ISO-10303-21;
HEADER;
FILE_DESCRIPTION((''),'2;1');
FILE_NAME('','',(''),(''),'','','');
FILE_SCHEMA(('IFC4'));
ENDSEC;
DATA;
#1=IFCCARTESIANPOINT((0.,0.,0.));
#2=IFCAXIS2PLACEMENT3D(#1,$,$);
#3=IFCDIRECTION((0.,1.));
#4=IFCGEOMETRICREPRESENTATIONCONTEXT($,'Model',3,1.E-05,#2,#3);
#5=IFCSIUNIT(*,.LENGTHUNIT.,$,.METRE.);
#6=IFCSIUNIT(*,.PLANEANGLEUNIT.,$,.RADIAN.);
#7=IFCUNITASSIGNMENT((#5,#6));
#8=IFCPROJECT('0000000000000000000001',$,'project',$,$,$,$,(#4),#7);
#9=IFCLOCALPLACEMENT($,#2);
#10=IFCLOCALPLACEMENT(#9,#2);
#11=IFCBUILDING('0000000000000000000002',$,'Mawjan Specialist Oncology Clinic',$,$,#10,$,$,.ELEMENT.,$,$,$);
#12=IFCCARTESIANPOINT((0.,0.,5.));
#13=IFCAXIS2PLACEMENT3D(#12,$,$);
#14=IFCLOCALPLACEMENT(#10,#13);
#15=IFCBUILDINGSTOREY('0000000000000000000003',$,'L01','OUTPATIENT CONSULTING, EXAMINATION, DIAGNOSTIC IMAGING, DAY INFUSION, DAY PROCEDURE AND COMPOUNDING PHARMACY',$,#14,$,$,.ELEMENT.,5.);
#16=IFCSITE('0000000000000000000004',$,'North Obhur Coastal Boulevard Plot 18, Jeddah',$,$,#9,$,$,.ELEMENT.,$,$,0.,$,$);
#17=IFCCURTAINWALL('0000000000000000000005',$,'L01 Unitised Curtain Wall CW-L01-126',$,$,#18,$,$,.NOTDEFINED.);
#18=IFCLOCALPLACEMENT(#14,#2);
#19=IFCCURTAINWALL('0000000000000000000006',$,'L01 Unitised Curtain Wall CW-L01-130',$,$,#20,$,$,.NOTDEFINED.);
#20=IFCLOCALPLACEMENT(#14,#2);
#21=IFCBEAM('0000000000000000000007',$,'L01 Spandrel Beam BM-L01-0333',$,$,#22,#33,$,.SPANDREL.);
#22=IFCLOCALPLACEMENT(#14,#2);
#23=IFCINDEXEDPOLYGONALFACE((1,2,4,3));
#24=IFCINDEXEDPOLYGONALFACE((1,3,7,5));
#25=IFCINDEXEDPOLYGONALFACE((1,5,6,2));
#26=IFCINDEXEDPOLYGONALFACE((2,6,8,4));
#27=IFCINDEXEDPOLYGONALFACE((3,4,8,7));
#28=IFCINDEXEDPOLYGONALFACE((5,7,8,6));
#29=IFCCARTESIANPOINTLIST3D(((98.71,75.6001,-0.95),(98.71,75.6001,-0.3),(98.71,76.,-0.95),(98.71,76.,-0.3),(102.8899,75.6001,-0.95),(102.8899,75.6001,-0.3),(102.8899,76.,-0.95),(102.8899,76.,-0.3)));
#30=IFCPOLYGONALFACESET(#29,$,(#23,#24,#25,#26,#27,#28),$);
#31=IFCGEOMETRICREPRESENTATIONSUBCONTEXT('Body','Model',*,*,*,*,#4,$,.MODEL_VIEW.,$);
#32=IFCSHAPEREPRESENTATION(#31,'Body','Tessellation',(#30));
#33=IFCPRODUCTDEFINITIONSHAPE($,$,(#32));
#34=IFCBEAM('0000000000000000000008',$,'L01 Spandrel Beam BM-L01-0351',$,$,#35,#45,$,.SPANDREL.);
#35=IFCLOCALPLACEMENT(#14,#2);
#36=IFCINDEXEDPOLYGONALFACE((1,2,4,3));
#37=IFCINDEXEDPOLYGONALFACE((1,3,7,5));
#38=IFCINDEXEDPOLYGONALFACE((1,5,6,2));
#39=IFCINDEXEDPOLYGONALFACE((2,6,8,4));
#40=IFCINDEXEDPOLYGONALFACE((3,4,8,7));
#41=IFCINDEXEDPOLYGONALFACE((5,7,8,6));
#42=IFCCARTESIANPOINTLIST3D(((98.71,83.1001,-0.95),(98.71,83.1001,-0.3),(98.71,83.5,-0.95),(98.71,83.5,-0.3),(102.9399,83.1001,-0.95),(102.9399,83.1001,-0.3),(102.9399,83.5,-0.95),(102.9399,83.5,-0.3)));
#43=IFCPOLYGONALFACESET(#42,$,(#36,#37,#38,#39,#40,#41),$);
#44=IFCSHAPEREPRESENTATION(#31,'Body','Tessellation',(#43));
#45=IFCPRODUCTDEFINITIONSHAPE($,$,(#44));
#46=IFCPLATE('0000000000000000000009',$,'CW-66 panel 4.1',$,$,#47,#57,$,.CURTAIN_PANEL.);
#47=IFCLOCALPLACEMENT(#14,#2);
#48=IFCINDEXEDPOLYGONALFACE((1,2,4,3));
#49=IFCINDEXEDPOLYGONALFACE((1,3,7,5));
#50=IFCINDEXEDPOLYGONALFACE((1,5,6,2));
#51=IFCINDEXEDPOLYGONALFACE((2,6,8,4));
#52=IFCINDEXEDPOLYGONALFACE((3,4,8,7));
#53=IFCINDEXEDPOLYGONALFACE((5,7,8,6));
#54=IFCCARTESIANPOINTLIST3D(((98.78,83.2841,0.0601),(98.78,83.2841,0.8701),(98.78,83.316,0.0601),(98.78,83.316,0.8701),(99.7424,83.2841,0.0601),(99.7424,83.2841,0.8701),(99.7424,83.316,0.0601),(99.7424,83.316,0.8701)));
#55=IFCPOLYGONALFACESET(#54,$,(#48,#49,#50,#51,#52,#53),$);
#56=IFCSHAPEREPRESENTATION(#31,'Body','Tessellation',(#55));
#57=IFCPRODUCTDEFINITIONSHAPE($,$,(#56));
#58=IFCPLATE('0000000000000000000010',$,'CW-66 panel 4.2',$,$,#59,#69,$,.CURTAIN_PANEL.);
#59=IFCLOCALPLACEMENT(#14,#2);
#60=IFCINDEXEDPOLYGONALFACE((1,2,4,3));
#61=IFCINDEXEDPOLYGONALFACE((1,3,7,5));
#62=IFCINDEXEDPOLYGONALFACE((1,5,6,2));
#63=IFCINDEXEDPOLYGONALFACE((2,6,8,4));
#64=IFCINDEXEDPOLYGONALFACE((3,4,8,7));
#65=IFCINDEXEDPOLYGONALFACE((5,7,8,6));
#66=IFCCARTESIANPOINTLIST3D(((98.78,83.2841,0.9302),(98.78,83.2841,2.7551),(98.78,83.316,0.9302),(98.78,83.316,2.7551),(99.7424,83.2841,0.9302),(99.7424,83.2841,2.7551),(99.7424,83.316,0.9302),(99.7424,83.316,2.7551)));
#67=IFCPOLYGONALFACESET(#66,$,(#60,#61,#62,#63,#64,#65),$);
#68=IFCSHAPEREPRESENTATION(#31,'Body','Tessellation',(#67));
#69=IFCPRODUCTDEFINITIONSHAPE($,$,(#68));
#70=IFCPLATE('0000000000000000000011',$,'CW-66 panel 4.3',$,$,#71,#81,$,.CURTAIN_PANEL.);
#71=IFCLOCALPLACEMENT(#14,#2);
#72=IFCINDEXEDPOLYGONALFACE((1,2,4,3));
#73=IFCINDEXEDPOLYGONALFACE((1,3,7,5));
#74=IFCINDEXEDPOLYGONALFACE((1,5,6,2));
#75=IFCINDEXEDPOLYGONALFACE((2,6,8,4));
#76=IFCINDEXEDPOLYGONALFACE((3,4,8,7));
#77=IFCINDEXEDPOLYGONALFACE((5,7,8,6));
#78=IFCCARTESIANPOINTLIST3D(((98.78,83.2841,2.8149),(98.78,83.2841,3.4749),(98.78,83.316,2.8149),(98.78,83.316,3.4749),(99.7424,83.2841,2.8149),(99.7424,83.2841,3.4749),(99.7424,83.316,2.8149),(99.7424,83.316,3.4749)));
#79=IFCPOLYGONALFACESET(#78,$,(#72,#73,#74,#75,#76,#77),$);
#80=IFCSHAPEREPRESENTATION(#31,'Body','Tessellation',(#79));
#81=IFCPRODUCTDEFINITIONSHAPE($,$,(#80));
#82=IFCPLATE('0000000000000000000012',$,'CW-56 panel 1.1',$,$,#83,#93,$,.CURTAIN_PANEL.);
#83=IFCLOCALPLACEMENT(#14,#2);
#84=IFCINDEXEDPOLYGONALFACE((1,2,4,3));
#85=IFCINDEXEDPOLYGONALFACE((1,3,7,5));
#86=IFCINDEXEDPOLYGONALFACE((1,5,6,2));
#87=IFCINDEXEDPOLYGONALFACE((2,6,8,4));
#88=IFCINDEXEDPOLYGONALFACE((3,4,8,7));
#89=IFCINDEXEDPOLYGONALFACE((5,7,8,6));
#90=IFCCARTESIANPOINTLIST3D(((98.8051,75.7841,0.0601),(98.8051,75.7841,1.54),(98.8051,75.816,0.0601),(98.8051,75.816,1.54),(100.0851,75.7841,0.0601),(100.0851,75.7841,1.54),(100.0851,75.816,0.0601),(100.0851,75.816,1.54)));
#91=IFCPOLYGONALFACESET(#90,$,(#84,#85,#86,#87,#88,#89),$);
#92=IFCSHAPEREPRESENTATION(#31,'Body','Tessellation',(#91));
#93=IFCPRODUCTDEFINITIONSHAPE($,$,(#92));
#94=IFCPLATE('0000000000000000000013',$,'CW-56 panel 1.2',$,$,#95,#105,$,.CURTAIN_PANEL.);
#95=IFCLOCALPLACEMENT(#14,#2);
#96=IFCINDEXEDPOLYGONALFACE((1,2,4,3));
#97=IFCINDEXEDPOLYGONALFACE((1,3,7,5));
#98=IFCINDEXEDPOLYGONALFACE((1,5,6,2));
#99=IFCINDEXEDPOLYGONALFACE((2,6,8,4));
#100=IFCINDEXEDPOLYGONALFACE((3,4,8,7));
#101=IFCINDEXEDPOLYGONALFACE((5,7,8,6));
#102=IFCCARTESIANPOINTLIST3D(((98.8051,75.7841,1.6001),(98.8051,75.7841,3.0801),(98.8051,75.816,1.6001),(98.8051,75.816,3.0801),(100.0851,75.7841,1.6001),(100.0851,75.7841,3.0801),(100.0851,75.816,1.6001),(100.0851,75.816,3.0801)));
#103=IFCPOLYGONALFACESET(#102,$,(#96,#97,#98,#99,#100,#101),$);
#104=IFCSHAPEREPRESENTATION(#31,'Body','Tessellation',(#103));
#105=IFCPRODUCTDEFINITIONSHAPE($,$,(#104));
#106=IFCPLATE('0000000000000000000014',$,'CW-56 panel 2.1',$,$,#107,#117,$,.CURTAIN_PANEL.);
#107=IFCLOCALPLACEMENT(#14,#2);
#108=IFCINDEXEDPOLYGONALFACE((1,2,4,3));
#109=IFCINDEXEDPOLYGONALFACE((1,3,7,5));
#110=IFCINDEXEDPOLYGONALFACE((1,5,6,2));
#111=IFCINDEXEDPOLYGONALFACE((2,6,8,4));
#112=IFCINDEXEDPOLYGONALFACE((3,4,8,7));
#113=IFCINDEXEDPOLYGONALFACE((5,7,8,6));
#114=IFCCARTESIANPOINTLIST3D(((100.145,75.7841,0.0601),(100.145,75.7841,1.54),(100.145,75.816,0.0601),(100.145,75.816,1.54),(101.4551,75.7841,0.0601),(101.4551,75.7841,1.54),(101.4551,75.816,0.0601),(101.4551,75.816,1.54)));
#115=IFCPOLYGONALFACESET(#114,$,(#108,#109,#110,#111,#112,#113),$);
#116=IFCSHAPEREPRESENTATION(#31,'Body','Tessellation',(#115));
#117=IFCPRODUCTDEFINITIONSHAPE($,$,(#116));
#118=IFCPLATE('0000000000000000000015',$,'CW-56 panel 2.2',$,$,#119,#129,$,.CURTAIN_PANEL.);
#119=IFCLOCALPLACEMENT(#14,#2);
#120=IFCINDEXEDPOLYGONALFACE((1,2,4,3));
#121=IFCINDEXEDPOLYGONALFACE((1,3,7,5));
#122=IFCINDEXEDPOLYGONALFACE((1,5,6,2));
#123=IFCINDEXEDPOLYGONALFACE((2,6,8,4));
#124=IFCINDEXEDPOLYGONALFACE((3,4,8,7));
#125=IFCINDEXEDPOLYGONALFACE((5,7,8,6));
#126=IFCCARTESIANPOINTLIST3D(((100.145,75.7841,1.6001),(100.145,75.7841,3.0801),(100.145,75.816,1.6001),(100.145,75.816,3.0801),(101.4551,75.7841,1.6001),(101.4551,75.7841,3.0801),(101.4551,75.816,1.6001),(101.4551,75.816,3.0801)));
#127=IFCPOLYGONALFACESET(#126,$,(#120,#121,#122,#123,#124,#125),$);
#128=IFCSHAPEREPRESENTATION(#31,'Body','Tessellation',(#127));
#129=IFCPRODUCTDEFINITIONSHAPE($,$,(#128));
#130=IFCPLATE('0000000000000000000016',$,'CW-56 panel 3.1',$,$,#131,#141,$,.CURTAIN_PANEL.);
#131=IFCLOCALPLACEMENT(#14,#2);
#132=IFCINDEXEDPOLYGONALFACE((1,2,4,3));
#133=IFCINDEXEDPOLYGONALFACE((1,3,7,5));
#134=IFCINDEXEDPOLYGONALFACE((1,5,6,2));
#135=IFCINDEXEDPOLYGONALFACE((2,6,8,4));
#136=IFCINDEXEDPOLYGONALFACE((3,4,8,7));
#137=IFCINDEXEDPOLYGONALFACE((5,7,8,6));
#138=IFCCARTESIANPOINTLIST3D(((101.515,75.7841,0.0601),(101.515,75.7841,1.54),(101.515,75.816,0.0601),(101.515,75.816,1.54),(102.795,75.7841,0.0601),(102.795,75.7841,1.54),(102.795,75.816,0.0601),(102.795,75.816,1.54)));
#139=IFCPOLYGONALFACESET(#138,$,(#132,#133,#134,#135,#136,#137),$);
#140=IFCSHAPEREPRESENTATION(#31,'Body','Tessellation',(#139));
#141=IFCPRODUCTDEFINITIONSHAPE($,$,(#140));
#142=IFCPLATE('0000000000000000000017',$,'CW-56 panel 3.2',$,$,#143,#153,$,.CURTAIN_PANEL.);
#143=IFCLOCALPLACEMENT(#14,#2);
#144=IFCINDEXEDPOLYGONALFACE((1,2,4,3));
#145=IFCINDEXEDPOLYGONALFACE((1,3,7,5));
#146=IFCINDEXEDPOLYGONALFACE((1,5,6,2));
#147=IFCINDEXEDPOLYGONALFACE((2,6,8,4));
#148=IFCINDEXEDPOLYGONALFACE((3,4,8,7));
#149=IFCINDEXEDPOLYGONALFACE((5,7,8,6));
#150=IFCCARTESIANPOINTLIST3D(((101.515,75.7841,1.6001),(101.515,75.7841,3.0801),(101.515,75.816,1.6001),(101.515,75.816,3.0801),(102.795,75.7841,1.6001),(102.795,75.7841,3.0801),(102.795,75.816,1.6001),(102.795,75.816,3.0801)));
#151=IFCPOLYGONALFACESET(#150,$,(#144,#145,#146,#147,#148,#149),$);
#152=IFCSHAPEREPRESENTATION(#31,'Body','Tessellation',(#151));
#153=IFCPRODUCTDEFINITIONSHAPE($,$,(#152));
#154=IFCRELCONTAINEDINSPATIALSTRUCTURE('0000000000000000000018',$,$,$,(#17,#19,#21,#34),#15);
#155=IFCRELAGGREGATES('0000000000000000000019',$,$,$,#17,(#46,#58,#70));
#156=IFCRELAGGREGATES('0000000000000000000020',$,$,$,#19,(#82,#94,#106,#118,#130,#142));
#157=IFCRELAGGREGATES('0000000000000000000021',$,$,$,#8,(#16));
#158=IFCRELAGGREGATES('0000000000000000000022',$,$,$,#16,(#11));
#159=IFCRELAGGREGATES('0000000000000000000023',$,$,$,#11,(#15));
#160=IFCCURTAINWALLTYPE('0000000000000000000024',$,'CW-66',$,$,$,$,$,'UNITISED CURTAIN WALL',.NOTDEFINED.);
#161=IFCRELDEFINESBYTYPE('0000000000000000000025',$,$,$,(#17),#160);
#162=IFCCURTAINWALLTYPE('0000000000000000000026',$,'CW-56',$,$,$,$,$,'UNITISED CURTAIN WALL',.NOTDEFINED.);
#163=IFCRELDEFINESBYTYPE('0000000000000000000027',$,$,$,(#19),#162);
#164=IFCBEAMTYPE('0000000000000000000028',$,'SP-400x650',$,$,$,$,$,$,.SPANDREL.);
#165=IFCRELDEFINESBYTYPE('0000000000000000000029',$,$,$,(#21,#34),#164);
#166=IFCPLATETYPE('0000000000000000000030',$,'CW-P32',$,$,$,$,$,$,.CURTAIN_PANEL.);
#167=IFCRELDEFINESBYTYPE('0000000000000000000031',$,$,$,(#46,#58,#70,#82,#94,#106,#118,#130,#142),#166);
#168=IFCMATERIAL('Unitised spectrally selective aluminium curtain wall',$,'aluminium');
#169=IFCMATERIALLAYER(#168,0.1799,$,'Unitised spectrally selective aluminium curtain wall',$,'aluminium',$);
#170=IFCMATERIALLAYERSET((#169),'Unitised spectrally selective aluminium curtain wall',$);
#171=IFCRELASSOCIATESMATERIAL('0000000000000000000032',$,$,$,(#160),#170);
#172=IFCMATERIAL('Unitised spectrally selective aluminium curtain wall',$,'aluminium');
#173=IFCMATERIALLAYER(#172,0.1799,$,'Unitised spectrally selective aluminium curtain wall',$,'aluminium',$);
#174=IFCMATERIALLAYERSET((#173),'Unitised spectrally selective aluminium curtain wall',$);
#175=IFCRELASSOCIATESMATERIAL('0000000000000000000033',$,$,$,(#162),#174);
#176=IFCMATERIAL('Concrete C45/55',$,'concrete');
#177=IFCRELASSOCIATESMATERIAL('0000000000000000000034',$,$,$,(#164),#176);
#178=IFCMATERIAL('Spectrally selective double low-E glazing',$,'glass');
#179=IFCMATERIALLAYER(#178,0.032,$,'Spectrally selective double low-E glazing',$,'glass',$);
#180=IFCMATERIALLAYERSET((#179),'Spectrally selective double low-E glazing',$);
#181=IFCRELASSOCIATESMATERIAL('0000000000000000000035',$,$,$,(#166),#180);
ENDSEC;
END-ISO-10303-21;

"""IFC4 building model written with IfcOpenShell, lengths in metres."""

from ifc_helpers import new_model, si_unit, direction, frame, origin, origin_2d, place, context, subcontext, project, spatial, rectangle, extrude, material, layer, layer_set, material_profile, profile_set, type_object, element, aggregate, save


model = new_model("IFC4")

# Units and contexts
model_context = context("Model", 3, precision=1e-05, world=origin(), true_north=direction((0.0, 1.0)))
body_context = subcontext(model_context, "Body", "Model", "MODEL_VIEW")
ifc_project = project(units=[si_unit("LENGTHUNIT", "METRE"), si_unit("PLANEANGLEUNIT", "RADIAN")], contexts=[model_context])

# Site, building, storey
site_placement = place(None, origin())
site = spatial("IfcSite", under=ifc_project, at=site_placement, Name="North Obhur Coastal Boulevard Plot 18, Jeddah", CompositionType="ELEMENT", RefElevation=0.0)
building_placement = place(site_placement, origin())
building = spatial("IfcBuilding", under=site, at=building_placement, Name="Mawjan Specialist Oncology Clinic", CompositionType="ELEMENT")
storey_placement = place(building_placement, frame((0.0, 0.0, 5.0)))
storey = spatial("IfcBuildingStorey", under=building, at=storey_placement, Name="L01", Description="OUTPATIENT CONSULTING, EXAMINATION, DIAGNOSTIC IMAGING, DAY INFUSION, DAY PROCEDURE AND COMPOUNDING PHARMACY", CompositionType="ELEMENT", Elevation=5.0)

# Curtain wall
ifc_material_1 = material(Name="Unitised spectrally selective aluminium curtain wall", Category="aluminium")
ifc_layer_1 = layer(ifc_material_1, 0.1799, Name="Unitised spectrally selective aluminium curtain wall", Category="aluminium")
ifc_layer_set_1 = layer_set([ifc_layer_1], Name="Unitised spectrally selective aluminium curtain wall")
curtain_wall_type_1 = type_object("IfcCurtainWallType", Name="CW-66", ElementType="UNITISED CURTAIN WALL", PredefinedType="NOTDEFINED", material=ifc_layer_set_1)
curtain_wall_1_placement = place(storey_placement, origin())
curtain_wall_1 = element("IfcCurtainWall", 1, at=curtain_wall_1_placement, inside=storey, type_object=curtain_wall_type_1, Name="L01 Unitised Curtain Wall CW-L01-126", PredefinedType="NOTDEFINED")
ifc_material_2 = material(Name="Unitised spectrally selective aluminium curtain wall", Category="aluminium")
ifc_layer_2 = layer(ifc_material_2, 0.1799, Name="Unitised spectrally selective aluminium curtain wall", Category="aluminium")
ifc_layer_set_2 = layer_set([ifc_layer_2], Name="Unitised spectrally selective aluminium curtain wall")
curtain_wall_type_2 = type_object("IfcCurtainWallType", Name="CW-56", ElementType="UNITISED CURTAIN WALL", PredefinedType="NOTDEFINED", material=ifc_layer_set_2)

# Curtain wall
curtain_wall_2_placement = place(storey_placement, origin())
curtain_wall_2 = element("IfcCurtainWall", 2, at=curtain_wall_2_placement, inside=storey, type_object=curtain_wall_type_2, Name="L01 Unitised Curtain Wall CW-L01-130", PredefinedType="NOTDEFINED")

# Beams
ifc_material_3 = material(Name="Concrete C45/55", Category="concrete")
ifc_material_profile_1 = material_profile(ifc_material_3, rectangle(XDim=0.3999, YDim=0.6499, at=origin_2d()), Name="RC BM 400x650", Category="concrete")
ifc_profile_set_1 = profile_set([ifc_material_profile_1], Name="Concrete C45/55")
beam_type = type_object("IfcBeamType", Name="SP-400x650", PredefinedType="SPANDREL", material=ifc_profile_set_1)
beam_1_placement = place(storey_placement, frame((98.71, 75.8, -0.625), z_axis=(1.0, 0.0, 0.0), x_axis=(0.0, 1.0, 0.0)))
element("IfcBeam", 3, at=beam_1_placement, inside=storey, type_object=beam_type, Name="L01 Spandrel Beam BM-L01-0333", PredefinedType="SPANDREL", context=body_context, shape_type="SweptSolid", body=[
    extrude(rectangle(XDim=0.3999, YDim=0.6499, at=origin_2d()), origin(), (0.0, 0.0, 1.0), 4.1799),
])
beam_2_placement = place(storey_placement, frame((98.71, 83.3, -0.625), z_axis=(1.0, 0.0, 0.0), x_axis=(0.0, 1.0, 0.0)))
element("IfcBeam", 4, at=beam_2_placement, inside=storey, type_object=beam_type, Name="L01 Spandrel Beam BM-L01-0351", PredefinedType="SPANDREL", context=body_context, shape_type="SweptSolid", body=[
    extrude(rectangle(XDim=0.3999, YDim=0.6499, at=origin_2d()), origin(), (0.0, 0.0, 1.0), 4.23),
])

# Plates
ifc_material_4 = material(Name="Spectrally selective double low-E glazing", Category="glass")
ifc_layer_3 = layer(ifc_material_4, 0.032, Name="Spectrally selective double low-E glazing", Category="glass")
ifc_layer_set_3 = layer_set([ifc_layer_3], Name="Spectrally selective double low-E glazing")
plate_type = type_object("IfcPlateType", Name="CW-P32", PredefinedType="CURTAIN_PANEL", material=ifc_layer_set_3)
plate_1_placement = place(storey_placement, frame((99.2612, 83.3, 0.0601), z_axis=(0.0, 0.0, 1.0), x_axis=(-1.0, 0.0, 0.0)))
plate_1 = element("IfcPlate", 5, at=plate_1_placement, type_object=plate_type, Name="CW-66 panel 4.1", PredefinedType="CURTAIN_PANEL", context=body_context, shape_type="SweptSolid", body=[
    extrude(rectangle(XDim=0.9624, YDim=0.032, at=origin_2d()), origin(), (0.0, 0.0, 1.0), 0.8101),
])
plate_2_placement = place(storey_placement, frame((99.2612, 83.3, 0.9302), z_axis=(0.0, 0.0, 1.0), x_axis=(-1.0, 0.0, 0.0)))
plate_2 = element("IfcPlate", 6, at=plate_2_placement, type_object=plate_type, Name="CW-66 panel 4.2", PredefinedType="CURTAIN_PANEL", context=body_context, shape_type="SweptSolid", body=[
    extrude(rectangle(XDim=0.9624, YDim=0.032, at=origin_2d()), origin(), (0.0, 0.0, 1.0), 1.825),
])
plate_3_placement = place(storey_placement, frame((99.2612, 83.3, 2.8149), z_axis=(0.0, 0.0, 1.0), x_axis=(-1.0, 0.0, 0.0)))
plate_3 = element("IfcPlate", 7, at=plate_3_placement, type_object=plate_type, Name="CW-66 panel 4.3", PredefinedType="CURTAIN_PANEL", context=body_context, shape_type="SweptSolid", body=[
    extrude(rectangle(XDim=0.9624, YDim=0.032, at=origin_2d()), origin(), (0.0, 0.0, 1.0), 0.6599),
])
aggregate(curtain_wall_1, [plate_1, plate_2, plate_3])
plate_4_placement = place(storey_placement, frame((99.4451, 75.8, 0.0601), z_axis=(0.0, 0.0, 1.0), x_axis=(1.0, 0.0, 0.0)))
plate_4 = element("IfcPlate", 8, at=plate_4_placement, type_object=plate_type, Name="CW-56 panel 1.1", PredefinedType="CURTAIN_PANEL", context=body_context, shape_type="SweptSolid", body=[
    extrude(rectangle(XDim=1.28, YDim=0.032, at=origin_2d()), origin(), (0.0, 0.0, 1.0), 1.48),
])
plate_5_placement = place(storey_placement, frame((99.4451, 75.8, 1.6001), z_axis=(0.0, 0.0, 1.0), x_axis=(1.0, 0.0, 0.0)))
plate_5 = element("IfcPlate", 9, at=plate_5_placement, type_object=plate_type, Name="CW-56 panel 1.2", PredefinedType="CURTAIN_PANEL", context=body_context, shape_type="SweptSolid", body=[
    extrude(rectangle(XDim=1.28, YDim=0.032, at=origin_2d()), origin(), (0.0, 0.0, 1.0), 1.48),
])
plate_6_placement = place(storey_placement, frame((100.8, 75.8, 0.0601), z_axis=(0.0, 0.0, 1.0), x_axis=(1.0, 0.0, 0.0)))
plate_6 = element("IfcPlate", 10, at=plate_6_placement, type_object=plate_type, Name="CW-56 panel 2.1", PredefinedType="CURTAIN_PANEL", context=body_context, shape_type="SweptSolid", body=[
    extrude(rectangle(XDim=1.3101, YDim=0.032, at=origin_2d()), origin(), (0.0, 0.0, 1.0), 1.48),
])
plate_7_placement = place(storey_placement, frame((100.8, 75.8, 1.6001), z_axis=(0.0, 0.0, 1.0), x_axis=(1.0, 0.0, 0.0)))
plate_7 = element("IfcPlate", 11, at=plate_7_placement, type_object=plate_type, Name="CW-56 panel 2.2", PredefinedType="CURTAIN_PANEL", context=body_context, shape_type="SweptSolid", body=[
    extrude(rectangle(XDim=1.3101, YDim=0.032, at=origin_2d()), origin(), (0.0, 0.0, 1.0), 1.48),
])
plate_8_placement = place(storey_placement, frame((102.155, 75.8, 0.0601), z_axis=(0.0, 0.0, 1.0), x_axis=(1.0, 0.0, 0.0)))
plate_8 = element("IfcPlate", 12, at=plate_8_placement, type_object=plate_type, Name="CW-56 panel 3.1", PredefinedType="CURTAIN_PANEL", context=body_context, shape_type="SweptSolid", body=[
    extrude(rectangle(XDim=1.28, YDim=0.032, at=origin_2d()), origin(), (0.0, 0.0, 1.0), 1.48),
])
plate_9_placement = place(storey_placement, frame((102.155, 75.8, 1.6001), z_axis=(0.0, 0.0, 1.0), x_axis=(1.0, 0.0, 0.0)))
plate_9 = element("IfcPlate", 13, at=plate_9_placement, type_object=plate_type, Name="CW-56 panel 3.2", PredefinedType="CURTAIN_PANEL", context=body_context, shape_type="SweptSolid", body=[
    extrude(rectangle(XDim=1.28, YDim=0.032, at=origin_2d()), origin(), (0.0, 0.0, 1.0), 1.48),
])
aggregate(curtain_wall_2, [plate_4, plate_5, plate_6, plate_7, plate_8, plate_9])

save(model, "model.ifc")
